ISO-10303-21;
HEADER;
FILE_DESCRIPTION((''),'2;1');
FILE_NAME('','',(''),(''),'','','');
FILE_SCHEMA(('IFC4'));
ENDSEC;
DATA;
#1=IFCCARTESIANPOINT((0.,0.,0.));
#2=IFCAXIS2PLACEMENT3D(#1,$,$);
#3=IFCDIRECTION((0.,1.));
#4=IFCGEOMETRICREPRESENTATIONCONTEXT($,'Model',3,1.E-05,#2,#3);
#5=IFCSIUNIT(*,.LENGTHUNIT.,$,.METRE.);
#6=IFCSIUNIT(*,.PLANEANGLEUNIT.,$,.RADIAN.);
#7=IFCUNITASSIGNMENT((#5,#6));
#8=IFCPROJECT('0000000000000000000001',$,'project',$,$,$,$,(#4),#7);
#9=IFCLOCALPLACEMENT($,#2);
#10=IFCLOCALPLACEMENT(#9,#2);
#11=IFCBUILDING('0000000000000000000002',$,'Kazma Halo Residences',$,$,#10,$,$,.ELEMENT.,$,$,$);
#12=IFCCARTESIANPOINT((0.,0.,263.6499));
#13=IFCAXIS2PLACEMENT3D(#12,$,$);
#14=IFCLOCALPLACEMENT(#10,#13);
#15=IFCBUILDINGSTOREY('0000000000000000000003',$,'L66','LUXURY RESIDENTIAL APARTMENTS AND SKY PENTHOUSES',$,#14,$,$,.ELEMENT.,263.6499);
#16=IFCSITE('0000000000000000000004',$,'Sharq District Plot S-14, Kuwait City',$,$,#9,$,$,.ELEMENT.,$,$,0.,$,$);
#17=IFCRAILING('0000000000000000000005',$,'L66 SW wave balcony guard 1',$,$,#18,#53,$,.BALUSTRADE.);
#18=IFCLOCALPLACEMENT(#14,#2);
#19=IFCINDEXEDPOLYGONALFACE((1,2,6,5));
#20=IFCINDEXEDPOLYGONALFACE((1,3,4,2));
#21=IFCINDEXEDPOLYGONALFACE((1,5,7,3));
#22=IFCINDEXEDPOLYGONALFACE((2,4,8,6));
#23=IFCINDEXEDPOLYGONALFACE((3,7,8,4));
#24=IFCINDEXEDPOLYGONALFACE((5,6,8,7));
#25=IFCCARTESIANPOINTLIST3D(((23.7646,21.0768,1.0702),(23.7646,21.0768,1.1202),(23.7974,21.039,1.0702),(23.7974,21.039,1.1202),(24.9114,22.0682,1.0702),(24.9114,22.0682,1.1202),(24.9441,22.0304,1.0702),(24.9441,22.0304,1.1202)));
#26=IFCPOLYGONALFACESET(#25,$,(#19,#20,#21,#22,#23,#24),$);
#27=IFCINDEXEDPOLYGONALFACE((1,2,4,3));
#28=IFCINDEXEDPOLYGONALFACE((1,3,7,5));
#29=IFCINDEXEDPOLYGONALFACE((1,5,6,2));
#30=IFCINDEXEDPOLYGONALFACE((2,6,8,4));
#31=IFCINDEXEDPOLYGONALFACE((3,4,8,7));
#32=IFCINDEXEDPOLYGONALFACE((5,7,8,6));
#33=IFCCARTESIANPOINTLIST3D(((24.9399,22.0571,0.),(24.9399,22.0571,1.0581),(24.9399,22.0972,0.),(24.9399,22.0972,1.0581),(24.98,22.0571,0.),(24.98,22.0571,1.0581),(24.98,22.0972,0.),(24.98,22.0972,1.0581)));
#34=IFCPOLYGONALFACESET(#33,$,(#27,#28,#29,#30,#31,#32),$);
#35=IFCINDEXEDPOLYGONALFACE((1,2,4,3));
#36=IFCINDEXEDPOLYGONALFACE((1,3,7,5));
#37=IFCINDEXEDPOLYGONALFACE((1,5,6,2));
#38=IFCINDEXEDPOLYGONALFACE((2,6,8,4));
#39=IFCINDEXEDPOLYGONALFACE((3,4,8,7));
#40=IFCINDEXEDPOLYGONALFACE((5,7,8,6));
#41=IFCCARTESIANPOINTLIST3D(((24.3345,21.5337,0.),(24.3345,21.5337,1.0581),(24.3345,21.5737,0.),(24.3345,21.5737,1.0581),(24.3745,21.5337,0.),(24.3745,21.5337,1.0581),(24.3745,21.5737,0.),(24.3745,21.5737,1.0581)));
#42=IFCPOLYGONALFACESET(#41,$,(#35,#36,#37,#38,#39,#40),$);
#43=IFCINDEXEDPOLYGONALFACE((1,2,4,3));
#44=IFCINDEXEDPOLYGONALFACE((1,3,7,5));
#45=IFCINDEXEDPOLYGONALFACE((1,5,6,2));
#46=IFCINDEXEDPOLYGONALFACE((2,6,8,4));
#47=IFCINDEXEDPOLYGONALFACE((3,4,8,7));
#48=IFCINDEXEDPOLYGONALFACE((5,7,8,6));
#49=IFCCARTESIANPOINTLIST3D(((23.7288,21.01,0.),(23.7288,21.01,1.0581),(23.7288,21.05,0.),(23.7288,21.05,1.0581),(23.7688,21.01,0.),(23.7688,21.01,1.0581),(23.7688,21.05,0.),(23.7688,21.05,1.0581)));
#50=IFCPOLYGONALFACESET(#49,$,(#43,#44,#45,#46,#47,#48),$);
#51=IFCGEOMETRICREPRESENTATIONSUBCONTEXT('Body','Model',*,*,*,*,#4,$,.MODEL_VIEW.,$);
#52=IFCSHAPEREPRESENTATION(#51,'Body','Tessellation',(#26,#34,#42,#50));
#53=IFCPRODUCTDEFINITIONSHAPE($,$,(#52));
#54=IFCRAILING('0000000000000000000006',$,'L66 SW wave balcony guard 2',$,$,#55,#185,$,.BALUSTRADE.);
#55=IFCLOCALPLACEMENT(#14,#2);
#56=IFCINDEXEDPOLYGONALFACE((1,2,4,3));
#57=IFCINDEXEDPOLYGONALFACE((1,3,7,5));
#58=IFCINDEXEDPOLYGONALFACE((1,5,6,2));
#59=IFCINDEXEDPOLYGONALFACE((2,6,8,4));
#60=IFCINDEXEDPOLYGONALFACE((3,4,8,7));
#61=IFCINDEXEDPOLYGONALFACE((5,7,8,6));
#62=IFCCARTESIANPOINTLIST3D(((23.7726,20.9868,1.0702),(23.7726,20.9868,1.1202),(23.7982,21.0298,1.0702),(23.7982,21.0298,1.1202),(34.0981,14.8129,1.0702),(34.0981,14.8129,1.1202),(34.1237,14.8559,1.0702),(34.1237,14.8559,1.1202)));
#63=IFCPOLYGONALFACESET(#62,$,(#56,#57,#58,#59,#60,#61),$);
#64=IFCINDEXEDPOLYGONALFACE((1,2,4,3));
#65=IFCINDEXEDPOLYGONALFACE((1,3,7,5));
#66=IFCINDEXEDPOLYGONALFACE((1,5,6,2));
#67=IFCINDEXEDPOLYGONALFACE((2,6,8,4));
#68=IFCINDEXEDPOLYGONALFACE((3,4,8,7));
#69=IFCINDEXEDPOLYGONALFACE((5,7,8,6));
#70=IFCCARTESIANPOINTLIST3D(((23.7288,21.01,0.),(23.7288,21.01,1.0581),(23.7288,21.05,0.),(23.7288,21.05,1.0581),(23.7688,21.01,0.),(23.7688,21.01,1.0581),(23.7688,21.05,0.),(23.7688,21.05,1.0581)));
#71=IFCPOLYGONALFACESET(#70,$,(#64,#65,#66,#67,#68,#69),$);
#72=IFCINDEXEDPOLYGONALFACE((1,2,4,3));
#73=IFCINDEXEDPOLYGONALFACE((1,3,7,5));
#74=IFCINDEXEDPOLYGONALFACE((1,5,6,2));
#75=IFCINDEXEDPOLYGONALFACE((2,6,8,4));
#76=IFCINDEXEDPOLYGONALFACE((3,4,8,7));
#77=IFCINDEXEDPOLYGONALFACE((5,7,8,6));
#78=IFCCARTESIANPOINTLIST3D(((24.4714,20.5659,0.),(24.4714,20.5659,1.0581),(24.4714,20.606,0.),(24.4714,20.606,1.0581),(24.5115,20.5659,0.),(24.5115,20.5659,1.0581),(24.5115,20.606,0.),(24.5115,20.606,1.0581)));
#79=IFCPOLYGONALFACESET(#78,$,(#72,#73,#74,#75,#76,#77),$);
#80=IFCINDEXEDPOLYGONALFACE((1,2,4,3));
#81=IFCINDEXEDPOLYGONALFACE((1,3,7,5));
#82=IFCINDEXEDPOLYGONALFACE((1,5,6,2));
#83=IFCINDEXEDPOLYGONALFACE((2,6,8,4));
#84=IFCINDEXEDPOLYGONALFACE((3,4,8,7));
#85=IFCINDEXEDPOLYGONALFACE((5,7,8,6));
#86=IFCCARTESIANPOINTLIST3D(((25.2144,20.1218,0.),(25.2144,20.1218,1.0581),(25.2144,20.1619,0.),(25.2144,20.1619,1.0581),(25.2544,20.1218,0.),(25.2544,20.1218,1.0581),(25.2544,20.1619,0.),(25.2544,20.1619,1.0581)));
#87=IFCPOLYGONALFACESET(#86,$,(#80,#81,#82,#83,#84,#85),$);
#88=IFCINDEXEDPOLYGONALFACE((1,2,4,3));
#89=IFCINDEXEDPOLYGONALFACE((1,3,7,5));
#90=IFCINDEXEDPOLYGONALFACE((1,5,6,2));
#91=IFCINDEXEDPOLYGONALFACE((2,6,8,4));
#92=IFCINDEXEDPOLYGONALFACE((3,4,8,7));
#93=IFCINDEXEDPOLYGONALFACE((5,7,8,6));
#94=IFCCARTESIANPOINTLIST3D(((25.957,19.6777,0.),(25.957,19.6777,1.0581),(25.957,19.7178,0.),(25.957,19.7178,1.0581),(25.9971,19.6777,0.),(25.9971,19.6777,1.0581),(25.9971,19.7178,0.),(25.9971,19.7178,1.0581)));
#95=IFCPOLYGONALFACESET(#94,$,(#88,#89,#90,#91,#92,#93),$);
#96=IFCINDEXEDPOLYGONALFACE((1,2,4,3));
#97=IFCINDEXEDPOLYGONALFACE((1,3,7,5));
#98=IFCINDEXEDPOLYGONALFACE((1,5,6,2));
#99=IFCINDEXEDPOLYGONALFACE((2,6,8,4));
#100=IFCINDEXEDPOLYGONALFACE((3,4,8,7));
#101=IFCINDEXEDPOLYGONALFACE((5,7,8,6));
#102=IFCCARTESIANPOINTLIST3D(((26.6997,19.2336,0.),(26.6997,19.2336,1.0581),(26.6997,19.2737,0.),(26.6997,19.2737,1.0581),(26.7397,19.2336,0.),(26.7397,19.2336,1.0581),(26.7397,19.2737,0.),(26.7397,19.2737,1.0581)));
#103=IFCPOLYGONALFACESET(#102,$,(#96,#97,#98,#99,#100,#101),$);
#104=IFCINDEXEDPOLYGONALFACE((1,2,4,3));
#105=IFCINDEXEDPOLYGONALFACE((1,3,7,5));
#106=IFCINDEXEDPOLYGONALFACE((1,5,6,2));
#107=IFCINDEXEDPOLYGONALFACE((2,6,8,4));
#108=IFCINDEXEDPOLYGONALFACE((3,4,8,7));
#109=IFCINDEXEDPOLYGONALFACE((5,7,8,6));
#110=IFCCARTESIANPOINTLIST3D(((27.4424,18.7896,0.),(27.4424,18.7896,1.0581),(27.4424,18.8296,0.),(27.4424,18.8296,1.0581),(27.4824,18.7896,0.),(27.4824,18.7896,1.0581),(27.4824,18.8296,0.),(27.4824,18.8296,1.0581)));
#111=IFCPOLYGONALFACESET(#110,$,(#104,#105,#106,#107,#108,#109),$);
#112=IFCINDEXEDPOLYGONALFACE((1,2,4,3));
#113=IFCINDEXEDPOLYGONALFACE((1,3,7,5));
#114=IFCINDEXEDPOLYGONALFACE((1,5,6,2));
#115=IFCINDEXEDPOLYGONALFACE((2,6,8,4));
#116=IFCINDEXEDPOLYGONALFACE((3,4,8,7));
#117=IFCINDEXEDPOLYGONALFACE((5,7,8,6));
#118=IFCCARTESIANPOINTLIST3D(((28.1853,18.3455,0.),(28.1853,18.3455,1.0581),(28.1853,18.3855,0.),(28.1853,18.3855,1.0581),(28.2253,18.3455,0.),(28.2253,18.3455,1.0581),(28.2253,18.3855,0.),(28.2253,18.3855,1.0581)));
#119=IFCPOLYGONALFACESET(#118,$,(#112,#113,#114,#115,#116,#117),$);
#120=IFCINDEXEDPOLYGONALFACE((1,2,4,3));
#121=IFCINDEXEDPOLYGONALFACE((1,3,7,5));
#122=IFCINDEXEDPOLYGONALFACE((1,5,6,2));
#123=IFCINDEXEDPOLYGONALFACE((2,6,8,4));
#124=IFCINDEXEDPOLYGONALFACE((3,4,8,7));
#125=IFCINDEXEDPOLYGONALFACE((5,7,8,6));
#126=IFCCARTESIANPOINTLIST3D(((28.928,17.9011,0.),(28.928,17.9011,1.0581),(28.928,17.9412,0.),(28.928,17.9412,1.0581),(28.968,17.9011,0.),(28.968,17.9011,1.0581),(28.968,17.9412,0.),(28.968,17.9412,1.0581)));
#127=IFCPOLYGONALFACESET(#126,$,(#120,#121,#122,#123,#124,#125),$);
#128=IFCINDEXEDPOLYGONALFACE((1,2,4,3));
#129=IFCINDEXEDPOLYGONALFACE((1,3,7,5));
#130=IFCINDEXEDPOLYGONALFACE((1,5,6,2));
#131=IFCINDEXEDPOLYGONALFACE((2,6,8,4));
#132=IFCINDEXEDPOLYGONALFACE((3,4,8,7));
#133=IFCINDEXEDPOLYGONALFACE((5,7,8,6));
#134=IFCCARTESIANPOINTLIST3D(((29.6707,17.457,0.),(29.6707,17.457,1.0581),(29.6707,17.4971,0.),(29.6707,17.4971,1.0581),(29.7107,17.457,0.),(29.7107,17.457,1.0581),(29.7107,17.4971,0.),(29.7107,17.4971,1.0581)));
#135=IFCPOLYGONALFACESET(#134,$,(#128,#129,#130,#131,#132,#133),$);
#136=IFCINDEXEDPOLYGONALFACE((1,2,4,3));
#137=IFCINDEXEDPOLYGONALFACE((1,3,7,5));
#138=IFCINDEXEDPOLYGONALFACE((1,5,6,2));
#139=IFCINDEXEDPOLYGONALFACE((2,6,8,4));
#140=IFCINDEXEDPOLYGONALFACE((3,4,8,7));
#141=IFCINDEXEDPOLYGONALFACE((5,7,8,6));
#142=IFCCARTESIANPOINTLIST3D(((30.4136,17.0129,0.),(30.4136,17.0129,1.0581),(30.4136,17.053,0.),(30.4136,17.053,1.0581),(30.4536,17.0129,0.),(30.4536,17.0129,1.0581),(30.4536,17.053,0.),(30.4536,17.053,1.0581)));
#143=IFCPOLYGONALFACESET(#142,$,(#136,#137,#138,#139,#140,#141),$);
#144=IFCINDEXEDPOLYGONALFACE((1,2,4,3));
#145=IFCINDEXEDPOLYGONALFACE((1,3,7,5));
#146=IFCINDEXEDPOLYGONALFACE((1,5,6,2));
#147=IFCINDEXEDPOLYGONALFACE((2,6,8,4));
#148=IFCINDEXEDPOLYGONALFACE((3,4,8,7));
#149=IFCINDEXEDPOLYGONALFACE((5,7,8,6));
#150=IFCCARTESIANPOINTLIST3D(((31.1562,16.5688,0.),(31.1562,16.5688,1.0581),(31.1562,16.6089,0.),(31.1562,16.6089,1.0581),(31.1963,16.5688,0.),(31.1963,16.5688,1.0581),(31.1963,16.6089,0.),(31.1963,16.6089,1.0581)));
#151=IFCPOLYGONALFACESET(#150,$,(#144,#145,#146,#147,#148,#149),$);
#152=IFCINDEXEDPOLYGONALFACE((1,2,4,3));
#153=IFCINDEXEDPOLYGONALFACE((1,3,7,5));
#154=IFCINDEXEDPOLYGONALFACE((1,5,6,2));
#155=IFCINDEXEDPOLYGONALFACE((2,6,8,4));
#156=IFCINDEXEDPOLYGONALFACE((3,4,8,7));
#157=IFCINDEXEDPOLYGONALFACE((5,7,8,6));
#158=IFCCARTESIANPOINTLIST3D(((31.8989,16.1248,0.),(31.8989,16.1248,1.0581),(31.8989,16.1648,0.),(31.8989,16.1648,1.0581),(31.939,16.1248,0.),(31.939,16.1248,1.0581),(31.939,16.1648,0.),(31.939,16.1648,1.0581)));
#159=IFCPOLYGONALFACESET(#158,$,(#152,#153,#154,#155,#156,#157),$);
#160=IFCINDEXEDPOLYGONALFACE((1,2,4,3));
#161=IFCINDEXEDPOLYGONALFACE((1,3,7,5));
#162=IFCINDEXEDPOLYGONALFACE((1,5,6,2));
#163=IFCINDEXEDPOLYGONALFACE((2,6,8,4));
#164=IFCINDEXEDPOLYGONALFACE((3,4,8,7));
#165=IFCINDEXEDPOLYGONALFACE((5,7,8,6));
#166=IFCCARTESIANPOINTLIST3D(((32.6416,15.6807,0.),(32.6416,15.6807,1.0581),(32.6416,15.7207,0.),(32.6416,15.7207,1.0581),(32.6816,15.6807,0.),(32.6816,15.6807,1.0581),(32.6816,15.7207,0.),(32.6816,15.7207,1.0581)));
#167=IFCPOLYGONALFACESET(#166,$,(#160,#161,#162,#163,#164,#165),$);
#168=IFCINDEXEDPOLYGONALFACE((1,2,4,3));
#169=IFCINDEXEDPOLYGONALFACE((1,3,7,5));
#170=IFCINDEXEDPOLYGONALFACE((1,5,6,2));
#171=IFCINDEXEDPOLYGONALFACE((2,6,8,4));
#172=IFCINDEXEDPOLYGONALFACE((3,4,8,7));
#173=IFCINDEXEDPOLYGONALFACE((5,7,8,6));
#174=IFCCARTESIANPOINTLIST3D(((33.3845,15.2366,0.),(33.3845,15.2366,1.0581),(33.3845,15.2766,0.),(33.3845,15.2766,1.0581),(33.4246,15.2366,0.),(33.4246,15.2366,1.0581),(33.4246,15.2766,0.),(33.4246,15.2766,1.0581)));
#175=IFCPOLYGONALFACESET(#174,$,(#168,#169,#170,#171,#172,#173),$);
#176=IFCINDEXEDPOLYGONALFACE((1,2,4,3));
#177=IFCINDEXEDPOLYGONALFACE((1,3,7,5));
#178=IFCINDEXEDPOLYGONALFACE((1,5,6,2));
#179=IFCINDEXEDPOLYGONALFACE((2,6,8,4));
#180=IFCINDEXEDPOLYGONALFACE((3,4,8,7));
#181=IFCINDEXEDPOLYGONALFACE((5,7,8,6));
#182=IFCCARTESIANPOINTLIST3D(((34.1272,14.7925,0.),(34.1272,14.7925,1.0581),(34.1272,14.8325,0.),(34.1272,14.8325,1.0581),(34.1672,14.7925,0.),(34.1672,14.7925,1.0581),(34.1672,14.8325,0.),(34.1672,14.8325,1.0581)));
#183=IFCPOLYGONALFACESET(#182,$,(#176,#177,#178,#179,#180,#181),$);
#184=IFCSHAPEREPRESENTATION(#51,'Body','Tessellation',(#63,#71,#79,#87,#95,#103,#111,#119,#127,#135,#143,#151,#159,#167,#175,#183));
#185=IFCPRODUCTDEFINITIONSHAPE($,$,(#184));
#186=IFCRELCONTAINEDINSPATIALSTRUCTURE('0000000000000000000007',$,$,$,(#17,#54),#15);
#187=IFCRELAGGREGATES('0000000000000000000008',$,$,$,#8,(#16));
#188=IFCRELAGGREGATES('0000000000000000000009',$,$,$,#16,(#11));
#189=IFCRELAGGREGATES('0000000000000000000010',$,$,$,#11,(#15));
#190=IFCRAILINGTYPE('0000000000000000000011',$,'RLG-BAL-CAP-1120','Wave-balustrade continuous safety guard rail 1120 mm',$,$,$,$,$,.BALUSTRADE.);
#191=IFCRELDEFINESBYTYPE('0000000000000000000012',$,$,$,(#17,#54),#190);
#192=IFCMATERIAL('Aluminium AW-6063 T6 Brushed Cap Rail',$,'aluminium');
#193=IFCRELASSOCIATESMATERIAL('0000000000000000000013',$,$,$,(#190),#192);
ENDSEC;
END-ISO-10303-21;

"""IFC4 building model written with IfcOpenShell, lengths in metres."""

from ifc_helpers import new_model, si_unit, direction, frame, origin, origin_2d, place, context, subcontext, project, spatial, rectangle, extrude, material, type_object, element, save


model = new_model("IFC4")

# Units and contexts
model_context = context("Model", 3, precision=1e-05, world=origin(), true_north=direction((0.0, 1.0)))
body_context = subcontext(model_context, "Body", "Model", "MODEL_VIEW")
ifc_project = project(units=[si_unit("LENGTHUNIT", "METRE"), si_unit("PLANEANGLEUNIT", "RADIAN")], contexts=[model_context])

# Site, building, storey
site_placement = place(None, origin())
site = spatial("IfcSite", under=ifc_project, at=site_placement, Name="Sharq District Plot S-14, Kuwait City", CompositionType="ELEMENT", RefElevation=0.0)
building_placement = place(site_placement, origin())
building = spatial("IfcBuilding", under=site, at=building_placement, Name="Kazma Halo Residences", CompositionType="ELEMENT")
storey_placement = place(building_placement, frame((0.0, 0.0, 263.6499)))
storey = spatial("IfcBuildingStorey", under=building, at=storey_placement, Name="L66", Description="LUXURY RESIDENTIAL APARTMENTS AND SKY PENTHOUSES", CompositionType="ELEMENT", Elevation=263.6499)

# Railings
ifc_material_1 = material(Name="Aluminium AW-6063 T6 Brushed Cap Rail", Category="aluminium")
railing_type = type_object("IfcRailingType", Name="RLG-BAL-CAP-1120", Description="Wave-balustrade continuous safety guard rail 1120 mm", PredefinedType="BALUSTRADE", material=ifc_material_1)
railing_1_placement = place(storey_placement, frame((24.96, 22.0771, 0.0)))
element("IfcRailing", 1, at=railing_1_placement, inside=storey, type_object=railing_type, Name="L66 SW wave balcony guard 1", PredefinedType="BALUSTRADE", context=body_context, shape_type="SweptSolid", body=[
    extrude(rectangle(XDim=0.05, YDim=0.05, at=origin_2d()), frame((-0.0322, -0.0278, 1.0952), z_axis=(-0.756483, -0.654013, 0.0), x_axis=(0.654013, -0.756483, 0.0)), (0.0, 0.0, 1.0), 1.5159),
    extrude(rectangle(XDim=0.04, YDim=0.04, at=origin_2d()), origin(), (0.0, 0.0, 1.0), 1.0581),
    extrude(rectangle(XDim=0.04, YDim=0.04, at=origin_2d()), frame((-0.6055, -0.5234, 0.0)), (0.0, 0.0, 1.0), 1.0581),
    extrude(rectangle(XDim=0.04, YDim=0.04, at=origin_2d()), frame((-1.2112, -1.0471, 0.0)), (0.0, 0.0, 1.0), 1.0581),
])
railing_2_placement = place(storey_placement, frame((23.7488, 21.03, 0.0)))
element("IfcRailing", 2, at=railing_2_placement, inside=storey, type_object=railing_type, Name="L66 SW wave balcony guard 2", PredefinedType="BALUSTRADE", context=body_context, shape_type="SweptSolid", body=[
    extrude(rectangle(XDim=0.05, YDim=0.05, at=origin_2d()), frame((0.0366, -0.0217, 1.0952), z_axis=(0.858276, -0.513188, 0.0), x_axis=(0.513188, 0.858276, 0.0)), (0.0, 0.0, 1.0), 12.0305),
    extrude(rectangle(XDim=0.04, YDim=0.04, at=origin_2d()), origin(), (0.0, 0.0, 1.0), 1.0581),
    extrude(rectangle(XDim=0.04, YDim=0.04, at=origin_2d()), frame((0.7427, -0.4441, 0.0)), (0.0, 0.0, 1.0), 1.0581),
    extrude(rectangle(XDim=0.04, YDim=0.04, at=origin_2d()), frame((1.4856, -0.8882, 0.0)), (0.0, 0.0, 1.0), 1.0581),
    extrude(rectangle(XDim=0.04, YDim=0.04, at=origin_2d()), frame((2.2283, -1.3323, 0.0)), (0.0, 0.0, 1.0), 1.0581),
    extrude(rectangle(XDim=0.04, YDim=0.04, at=origin_2d()), frame((2.9709, -1.7764, 0.0)), (0.0, 0.0, 1.0), 1.0581),
    extrude(rectangle(XDim=0.04, YDim=0.04, at=origin_2d()), frame((3.7136, -2.2205, 0.0)), (0.0, 0.0, 1.0), 1.0581),
    extrude(rectangle(XDim=0.04, YDim=0.04, at=origin_2d()), frame((4.4565, -2.6646, 0.0)), (0.0, 0.0, 1.0), 1.0581),
    extrude(rectangle(XDim=0.04, YDim=0.04, at=origin_2d()), frame((5.1992, -3.1089, 0.0)), (0.0, 0.0, 1.0), 1.0581),
    extrude(rectangle(XDim=0.04, YDim=0.04, at=origin_2d()), frame((5.9419, -3.553, 0.0)), (0.0, 0.0, 1.0), 1.0581),
    extrude(rectangle(XDim=0.04, YDim=0.04, at=origin_2d()), frame((6.6848, -3.9971, 0.0)), (0.0, 0.0, 1.0), 1.0581),
    extrude(rectangle(XDim=0.04, YDim=0.04, at=origin_2d()), frame((7.4275, -4.4412, 0.0)), (0.0, 0.0, 1.0), 1.0581),
    extrude(rectangle(XDim=0.04, YDim=0.04, at=origin_2d()), frame((8.1702, -4.8853, 0.0)), (0.0, 0.0, 1.0), 1.0581),
    extrude(rectangle(XDim=0.04, YDim=0.04, at=origin_2d()), frame((8.9128, -5.3293, 0.0)), (0.0, 0.0, 1.0), 1.0581),
    extrude(rectangle(XDim=0.04, YDim=0.04, at=origin_2d()), frame((9.6558, -5.7734, 0.0)), (0.0, 0.0, 1.0), 1.0581),
    extrude(rectangle(XDim=0.04, YDim=0.04, at=origin_2d()), frame((10.3984, -6.2175, 0.0)), (0.0, 0.0, 1.0), 1.0581),
])

save(model, "model.ifc")
